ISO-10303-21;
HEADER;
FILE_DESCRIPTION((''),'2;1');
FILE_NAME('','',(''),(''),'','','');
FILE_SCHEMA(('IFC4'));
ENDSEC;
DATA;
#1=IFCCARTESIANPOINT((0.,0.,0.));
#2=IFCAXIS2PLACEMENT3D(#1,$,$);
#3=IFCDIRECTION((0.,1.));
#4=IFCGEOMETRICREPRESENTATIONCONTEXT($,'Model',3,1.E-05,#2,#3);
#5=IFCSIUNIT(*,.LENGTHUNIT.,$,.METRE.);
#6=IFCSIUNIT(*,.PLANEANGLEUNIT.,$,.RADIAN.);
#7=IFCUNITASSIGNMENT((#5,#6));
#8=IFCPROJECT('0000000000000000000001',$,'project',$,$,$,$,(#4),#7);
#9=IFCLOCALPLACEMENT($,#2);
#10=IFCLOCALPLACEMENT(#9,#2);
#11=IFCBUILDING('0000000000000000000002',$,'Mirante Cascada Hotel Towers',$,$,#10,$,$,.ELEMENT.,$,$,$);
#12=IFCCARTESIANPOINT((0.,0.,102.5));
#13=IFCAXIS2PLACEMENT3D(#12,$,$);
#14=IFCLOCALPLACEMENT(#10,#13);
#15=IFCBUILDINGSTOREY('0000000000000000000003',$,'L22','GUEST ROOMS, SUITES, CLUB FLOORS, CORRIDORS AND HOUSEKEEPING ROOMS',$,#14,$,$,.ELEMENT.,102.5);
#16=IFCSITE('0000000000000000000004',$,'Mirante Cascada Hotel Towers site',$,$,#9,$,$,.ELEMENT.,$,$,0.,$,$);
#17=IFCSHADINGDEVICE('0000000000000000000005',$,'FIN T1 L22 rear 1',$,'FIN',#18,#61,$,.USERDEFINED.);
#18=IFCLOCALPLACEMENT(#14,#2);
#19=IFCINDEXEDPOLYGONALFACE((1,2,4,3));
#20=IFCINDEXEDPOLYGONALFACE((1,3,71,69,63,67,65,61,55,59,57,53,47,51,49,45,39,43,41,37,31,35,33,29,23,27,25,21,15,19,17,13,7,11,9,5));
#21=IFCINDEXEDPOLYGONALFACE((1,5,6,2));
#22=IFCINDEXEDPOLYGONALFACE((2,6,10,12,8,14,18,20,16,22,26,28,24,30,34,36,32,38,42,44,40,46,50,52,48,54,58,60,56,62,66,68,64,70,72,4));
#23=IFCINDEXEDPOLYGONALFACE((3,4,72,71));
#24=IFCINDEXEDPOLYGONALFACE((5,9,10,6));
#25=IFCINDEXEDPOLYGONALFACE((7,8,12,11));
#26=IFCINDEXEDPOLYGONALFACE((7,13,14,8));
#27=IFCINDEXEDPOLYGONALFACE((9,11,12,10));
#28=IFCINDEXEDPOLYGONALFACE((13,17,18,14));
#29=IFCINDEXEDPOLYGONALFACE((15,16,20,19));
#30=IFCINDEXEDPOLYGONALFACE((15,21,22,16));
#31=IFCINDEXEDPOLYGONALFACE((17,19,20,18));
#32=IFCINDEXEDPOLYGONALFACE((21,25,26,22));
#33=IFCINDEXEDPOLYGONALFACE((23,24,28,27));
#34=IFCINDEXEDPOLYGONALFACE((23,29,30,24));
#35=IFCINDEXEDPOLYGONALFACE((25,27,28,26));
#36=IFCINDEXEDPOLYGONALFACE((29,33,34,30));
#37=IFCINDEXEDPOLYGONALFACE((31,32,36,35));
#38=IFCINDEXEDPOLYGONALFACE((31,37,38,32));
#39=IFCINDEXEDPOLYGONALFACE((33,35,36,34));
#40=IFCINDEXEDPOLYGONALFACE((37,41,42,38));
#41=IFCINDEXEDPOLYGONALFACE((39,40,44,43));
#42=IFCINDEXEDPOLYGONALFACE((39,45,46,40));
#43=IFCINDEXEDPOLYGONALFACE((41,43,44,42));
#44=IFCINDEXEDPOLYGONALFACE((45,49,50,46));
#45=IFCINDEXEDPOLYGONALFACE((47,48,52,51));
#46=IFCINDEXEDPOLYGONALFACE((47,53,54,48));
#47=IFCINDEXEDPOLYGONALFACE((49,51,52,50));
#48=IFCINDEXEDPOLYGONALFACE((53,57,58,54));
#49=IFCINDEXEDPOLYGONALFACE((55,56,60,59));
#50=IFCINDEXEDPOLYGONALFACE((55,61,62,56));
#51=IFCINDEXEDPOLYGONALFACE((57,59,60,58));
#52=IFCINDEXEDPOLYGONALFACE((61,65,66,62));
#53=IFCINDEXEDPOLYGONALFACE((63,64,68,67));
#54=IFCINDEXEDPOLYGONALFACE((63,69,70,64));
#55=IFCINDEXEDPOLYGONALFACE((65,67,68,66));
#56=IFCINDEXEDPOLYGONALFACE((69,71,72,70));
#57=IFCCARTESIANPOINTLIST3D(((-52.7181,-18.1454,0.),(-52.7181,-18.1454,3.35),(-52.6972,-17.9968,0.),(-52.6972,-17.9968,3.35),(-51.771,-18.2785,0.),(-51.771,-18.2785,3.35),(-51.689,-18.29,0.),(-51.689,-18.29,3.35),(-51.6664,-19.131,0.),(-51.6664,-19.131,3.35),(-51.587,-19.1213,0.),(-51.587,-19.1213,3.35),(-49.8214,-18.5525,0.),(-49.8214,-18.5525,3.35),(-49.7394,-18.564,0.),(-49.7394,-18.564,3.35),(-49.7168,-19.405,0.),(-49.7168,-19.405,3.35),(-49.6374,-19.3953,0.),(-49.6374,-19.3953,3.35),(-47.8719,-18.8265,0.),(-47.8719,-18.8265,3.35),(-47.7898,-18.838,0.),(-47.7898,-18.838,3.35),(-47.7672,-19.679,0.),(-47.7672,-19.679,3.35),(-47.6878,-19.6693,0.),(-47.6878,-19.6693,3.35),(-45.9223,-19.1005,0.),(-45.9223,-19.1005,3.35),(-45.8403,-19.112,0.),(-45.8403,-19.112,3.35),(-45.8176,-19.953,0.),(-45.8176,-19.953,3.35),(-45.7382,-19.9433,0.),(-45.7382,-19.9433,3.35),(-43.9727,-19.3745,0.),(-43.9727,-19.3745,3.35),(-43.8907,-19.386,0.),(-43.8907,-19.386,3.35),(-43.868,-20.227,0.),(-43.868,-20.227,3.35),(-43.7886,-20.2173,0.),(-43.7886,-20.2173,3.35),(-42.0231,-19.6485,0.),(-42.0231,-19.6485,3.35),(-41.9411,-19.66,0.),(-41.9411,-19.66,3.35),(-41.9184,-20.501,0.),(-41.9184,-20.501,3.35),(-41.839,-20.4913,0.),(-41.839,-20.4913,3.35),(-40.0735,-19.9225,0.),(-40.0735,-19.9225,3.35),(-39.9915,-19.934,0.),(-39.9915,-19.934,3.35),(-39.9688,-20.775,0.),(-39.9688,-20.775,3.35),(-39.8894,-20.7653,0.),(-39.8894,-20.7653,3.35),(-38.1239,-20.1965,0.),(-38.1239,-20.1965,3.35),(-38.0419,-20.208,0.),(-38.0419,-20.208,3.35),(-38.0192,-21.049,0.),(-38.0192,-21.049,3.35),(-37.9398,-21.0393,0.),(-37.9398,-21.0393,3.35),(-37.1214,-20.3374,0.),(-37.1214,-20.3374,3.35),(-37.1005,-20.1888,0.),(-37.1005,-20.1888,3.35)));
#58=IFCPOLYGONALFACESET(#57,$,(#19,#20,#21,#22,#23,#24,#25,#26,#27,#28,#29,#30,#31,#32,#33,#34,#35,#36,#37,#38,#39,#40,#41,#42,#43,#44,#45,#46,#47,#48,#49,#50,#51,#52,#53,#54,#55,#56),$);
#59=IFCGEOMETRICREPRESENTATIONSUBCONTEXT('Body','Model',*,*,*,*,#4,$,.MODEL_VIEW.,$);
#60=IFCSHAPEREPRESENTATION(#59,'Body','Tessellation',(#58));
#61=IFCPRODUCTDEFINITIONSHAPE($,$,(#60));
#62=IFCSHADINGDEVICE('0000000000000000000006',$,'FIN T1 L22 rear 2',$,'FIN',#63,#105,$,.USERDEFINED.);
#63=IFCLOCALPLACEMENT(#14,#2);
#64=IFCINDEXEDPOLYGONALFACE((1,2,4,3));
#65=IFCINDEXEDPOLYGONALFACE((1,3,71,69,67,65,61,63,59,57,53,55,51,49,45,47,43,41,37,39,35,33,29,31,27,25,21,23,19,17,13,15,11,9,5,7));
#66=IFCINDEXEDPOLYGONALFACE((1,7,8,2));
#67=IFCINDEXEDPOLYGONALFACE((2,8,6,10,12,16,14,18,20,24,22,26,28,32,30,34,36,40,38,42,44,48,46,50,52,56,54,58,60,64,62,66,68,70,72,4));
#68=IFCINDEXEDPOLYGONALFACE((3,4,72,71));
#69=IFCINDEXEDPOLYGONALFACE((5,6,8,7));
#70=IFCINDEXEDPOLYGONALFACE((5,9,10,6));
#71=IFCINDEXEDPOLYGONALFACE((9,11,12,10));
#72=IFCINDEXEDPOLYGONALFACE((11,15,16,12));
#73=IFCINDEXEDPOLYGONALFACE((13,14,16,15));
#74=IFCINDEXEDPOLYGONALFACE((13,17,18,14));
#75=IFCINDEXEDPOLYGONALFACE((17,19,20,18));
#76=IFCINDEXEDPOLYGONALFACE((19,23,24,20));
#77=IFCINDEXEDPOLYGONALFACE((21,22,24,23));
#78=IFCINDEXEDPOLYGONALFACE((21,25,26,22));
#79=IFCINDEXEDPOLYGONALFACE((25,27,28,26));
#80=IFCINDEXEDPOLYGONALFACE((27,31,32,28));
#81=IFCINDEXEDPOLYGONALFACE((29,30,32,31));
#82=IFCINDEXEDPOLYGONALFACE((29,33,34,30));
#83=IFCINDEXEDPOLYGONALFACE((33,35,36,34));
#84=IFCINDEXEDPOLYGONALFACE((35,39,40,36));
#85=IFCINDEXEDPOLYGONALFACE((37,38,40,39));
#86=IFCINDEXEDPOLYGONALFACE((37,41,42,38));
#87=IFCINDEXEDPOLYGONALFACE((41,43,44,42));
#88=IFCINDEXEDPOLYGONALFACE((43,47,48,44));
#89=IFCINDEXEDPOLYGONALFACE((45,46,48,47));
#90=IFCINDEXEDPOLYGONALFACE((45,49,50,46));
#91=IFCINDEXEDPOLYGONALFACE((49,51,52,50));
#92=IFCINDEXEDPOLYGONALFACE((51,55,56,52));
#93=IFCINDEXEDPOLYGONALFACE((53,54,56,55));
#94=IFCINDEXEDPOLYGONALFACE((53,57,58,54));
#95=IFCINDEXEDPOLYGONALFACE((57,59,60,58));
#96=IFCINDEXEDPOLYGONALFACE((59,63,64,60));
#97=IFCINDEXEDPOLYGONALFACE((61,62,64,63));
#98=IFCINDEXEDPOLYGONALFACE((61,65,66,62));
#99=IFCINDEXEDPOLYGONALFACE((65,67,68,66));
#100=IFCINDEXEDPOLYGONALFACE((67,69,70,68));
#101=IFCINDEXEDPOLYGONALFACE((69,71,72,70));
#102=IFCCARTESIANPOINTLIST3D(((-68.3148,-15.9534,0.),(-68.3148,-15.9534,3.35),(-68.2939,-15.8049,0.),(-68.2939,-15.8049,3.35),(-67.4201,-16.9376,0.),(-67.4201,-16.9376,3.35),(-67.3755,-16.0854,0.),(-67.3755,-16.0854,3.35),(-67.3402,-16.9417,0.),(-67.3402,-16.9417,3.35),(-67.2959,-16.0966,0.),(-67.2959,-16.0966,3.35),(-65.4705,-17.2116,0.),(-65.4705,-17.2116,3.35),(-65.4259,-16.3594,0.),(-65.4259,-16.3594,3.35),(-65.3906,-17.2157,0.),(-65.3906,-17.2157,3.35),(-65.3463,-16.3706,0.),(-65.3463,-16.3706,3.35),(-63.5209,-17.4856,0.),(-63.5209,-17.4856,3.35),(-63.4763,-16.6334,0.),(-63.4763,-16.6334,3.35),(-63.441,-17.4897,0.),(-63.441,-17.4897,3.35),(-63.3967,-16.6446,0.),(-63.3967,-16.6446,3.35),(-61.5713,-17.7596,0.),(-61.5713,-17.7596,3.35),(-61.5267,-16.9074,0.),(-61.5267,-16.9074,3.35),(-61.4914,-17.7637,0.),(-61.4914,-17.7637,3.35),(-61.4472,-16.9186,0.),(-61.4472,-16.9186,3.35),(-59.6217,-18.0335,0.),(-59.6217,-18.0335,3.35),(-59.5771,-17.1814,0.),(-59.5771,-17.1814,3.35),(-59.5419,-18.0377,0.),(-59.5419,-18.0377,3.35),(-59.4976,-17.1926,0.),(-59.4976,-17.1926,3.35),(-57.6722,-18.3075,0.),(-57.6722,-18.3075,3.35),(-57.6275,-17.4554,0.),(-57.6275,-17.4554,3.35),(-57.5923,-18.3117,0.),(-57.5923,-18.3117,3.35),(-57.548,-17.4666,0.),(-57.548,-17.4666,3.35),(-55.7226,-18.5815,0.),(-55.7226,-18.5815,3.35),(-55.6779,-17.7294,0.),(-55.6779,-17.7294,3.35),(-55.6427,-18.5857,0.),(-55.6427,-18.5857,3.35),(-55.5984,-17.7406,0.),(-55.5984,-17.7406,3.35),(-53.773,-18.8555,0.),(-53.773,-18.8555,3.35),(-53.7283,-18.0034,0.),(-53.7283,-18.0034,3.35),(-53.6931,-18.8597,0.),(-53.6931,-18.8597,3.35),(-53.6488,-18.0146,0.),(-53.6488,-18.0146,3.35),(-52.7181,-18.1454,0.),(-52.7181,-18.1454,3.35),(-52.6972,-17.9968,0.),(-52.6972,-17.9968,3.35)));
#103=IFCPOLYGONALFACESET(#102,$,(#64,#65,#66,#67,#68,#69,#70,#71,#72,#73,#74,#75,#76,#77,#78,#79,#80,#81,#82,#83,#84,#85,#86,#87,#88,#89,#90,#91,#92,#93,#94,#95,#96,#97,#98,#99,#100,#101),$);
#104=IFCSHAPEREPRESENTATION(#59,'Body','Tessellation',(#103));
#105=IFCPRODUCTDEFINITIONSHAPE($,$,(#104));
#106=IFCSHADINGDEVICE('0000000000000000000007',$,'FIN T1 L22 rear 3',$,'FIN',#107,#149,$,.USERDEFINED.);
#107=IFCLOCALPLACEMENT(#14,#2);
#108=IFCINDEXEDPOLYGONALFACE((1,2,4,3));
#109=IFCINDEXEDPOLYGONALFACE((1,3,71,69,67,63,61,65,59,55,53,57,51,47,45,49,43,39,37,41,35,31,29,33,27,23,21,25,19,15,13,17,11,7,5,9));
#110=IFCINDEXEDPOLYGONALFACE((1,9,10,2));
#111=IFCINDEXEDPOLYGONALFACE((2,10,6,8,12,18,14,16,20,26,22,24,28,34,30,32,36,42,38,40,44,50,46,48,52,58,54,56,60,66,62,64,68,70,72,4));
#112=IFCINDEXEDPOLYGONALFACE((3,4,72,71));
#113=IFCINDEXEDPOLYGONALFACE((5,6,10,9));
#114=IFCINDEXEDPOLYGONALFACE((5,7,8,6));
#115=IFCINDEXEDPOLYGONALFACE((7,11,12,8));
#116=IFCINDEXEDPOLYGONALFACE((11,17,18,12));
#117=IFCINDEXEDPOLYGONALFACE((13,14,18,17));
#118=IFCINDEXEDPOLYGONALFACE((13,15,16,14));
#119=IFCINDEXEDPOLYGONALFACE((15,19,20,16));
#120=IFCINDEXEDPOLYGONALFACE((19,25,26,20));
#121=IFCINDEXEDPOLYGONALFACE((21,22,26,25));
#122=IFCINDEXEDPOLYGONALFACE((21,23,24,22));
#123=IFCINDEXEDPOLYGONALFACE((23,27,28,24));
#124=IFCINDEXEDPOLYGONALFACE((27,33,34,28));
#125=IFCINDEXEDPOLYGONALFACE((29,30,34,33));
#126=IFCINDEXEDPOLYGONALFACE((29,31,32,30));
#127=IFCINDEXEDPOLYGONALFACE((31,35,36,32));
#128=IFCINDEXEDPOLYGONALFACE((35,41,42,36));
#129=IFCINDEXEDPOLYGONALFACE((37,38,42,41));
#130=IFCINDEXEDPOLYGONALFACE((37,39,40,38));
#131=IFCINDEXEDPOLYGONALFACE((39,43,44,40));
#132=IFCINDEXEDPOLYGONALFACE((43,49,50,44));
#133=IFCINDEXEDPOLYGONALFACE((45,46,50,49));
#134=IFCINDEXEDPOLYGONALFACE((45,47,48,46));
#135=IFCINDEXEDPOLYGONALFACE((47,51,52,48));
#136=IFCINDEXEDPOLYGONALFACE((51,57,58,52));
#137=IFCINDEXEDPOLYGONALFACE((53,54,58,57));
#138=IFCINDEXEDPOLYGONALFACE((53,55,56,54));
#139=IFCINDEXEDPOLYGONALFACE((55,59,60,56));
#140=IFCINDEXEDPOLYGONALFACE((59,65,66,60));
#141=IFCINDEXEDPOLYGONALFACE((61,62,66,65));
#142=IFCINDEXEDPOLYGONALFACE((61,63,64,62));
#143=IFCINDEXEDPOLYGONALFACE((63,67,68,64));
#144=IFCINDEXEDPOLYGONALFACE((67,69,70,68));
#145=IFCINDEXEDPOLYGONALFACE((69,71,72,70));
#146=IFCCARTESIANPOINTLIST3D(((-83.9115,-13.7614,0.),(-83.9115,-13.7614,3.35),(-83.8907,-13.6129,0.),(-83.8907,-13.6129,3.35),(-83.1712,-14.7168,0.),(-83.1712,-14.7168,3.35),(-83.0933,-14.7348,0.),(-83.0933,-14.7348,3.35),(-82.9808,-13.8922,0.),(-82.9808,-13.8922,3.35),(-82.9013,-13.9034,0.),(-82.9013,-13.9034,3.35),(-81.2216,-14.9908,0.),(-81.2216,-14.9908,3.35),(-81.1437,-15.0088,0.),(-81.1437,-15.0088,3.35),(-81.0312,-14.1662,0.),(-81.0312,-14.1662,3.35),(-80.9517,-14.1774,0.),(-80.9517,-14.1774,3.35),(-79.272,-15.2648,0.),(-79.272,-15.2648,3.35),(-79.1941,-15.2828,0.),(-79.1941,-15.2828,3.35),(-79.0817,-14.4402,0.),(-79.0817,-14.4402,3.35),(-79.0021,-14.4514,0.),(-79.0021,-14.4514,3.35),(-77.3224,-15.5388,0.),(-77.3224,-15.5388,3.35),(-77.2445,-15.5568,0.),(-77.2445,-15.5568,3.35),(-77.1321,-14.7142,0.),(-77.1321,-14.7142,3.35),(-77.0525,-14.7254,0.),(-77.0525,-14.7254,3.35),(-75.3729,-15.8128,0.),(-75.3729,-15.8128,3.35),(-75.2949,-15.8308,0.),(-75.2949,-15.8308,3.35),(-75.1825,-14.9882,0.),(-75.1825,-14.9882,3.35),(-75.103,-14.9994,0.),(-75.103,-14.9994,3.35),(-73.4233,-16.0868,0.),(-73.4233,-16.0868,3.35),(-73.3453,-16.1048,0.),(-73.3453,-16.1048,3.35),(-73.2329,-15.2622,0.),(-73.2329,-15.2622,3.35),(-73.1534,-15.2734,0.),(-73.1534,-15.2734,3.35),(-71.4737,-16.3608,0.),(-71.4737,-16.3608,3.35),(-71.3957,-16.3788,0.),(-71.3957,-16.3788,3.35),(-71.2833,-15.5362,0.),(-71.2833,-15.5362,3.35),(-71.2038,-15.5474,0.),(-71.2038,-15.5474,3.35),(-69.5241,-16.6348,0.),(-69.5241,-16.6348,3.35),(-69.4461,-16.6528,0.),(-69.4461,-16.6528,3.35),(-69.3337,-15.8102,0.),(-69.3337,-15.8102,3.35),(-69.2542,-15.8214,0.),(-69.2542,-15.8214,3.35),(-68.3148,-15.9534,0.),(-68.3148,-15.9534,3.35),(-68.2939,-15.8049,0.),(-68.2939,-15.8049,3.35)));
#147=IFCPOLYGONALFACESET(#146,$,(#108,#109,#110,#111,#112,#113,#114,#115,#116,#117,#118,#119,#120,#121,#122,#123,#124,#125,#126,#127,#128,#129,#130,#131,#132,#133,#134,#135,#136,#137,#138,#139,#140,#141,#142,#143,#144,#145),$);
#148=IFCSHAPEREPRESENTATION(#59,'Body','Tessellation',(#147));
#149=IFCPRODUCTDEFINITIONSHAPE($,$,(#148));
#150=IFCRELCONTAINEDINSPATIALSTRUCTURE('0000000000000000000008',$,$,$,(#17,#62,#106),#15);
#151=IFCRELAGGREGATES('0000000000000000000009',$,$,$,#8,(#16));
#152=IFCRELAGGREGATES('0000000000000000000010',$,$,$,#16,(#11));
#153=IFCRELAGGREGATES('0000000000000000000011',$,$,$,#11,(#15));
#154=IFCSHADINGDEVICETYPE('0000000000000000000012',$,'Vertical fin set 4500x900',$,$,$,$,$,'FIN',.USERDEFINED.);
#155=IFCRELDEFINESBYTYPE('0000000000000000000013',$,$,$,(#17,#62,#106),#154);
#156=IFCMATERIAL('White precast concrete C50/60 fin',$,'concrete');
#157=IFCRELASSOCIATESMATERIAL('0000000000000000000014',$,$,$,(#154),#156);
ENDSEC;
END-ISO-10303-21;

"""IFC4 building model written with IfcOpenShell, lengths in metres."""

from ifc_helpers import new_model, si_unit, direction, frame, origin, place, context, subcontext, project, spatial, polyline, outline, extrude, material, type_object, element, save


model = new_model("IFC4")

# Units and contexts
model_context = context("Model", 3, precision=1e-05, world=origin(), true_north=direction((0.0, 1.0)))
body_context = subcontext(model_context, "Body", "Model", "MODEL_VIEW")
ifc_project = project(units=[si_unit("LENGTHUNIT", "METRE"), si_unit("PLANEANGLEUNIT", "RADIAN")], contexts=[model_context])

# Site, building, storey
site_placement = place(None, origin())
site = spatial("IfcSite", under=ifc_project, at=site_placement, Name="Mirante Cascada Hotel Towers site", CompositionType="ELEMENT", RefElevation=0.0)
building_placement = place(site_placement, origin())
building = spatial("IfcBuilding", under=site, at=building_placement, Name="Mirante Cascada Hotel Towers", CompositionType="ELEMENT")
storey_placement = place(building_placement, frame((0.0, 0.0, 102.5)))
storey = spatial("IfcBuildingStorey", under=building, at=storey_placement, Name="L22", Description="GUEST ROOMS, SUITES, CLUB FLOORS, CORRIDORS AND HOUSEKEEPING ROOMS", CompositionType="ELEMENT", Elevation=102.5)

# Shading devices
ifc_material_1 = material(Name="White precast concrete C50/60 fin", Category="concrete")
shading_device_type = type_object("IfcShadingDeviceType", Name="Vertical fin set 4500x900", ElementType="FIN", PredefinedType="USERDEFINED", material=ifc_material_1)
shading_device_1_placement = place(storey_placement, origin())
element("IfcShadingDevice", 1, at=shading_device_1_placement, inside=storey, type_object=shading_device_type, Name="FIN T1 L22 rear 1", ObjectType="FIN", PredefinedType="USERDEFINED", context=body_context, shape_type="SweptSolid", body=[
    extrude(outline(polyline([(-38.1239, -20.1965), (-39.9915, -19.934), (-39.8894, -20.7653), (-39.9688, -20.775), (-40.0735, -19.9225), (-41.9411, -19.66), (-41.839, -20.4913), (-41.9184, -20.501), (-42.0231, -19.6485), (-43.8907, -19.386), (-43.7886, -20.2173), (-43.868, -20.227), (-43.9727, -19.3745), (-45.8403, -19.112), (-45.7382, -19.9433), (-45.8176, -19.953), (-45.9223, -19.1005), (-47.7898, -18.838), (-47.6878, -19.6693), (-47.7672, -19.679), (-47.8719, -18.8265), (-49.7394, -18.564), (-49.6374, -19.3953), (-49.7168, -19.405), (-49.8214, -18.5525), (-51.689, -18.29), (-51.587, -19.1213), (-51.6664, -19.131), (-51.771, -18.2785), (-52.7181, -18.1454), (-52.6972, -17.9968), (-37.1005, -20.1888), (-37.1214, -20.3374), (-38.0419, -20.208), (-37.9398, -21.0393), (-38.0192, -21.049), (-38.1239, -20.1965)])), origin(), (0.0, 0.0, 1.0), 3.35),
])
shading_device_2_placement = place(storey_placement, origin())
element("IfcShadingDevice", 2, at=shading_device_2_placement, inside=storey, type_object=shading_device_type, Name="FIN T1 L22 rear 2", ObjectType="FIN", PredefinedType="USERDEFINED", context=body_context, shape_type="SweptSolid", body=[
    extrude(outline(polyline([(-53.7283, -18.0034), (-55.5984, -17.7406), (-55.6427, -18.5857), (-55.7226, -18.5815), (-55.6779, -17.7294), (-57.548, -17.4666), (-57.5923, -18.3117), (-57.6722, -18.3075), (-57.6275, -17.4554), (-59.4976, -17.1926), (-59.5419, -18.0377), (-59.6217, -18.0335), (-59.5771, -17.1814), (-61.4472, -16.9186), (-61.4914, -17.7637), (-61.5713, -17.7596), (-61.5267, -16.9074), (-63.3967, -16.6446), (-63.441, -17.4897), (-63.5209, -17.4856), (-63.4763, -16.6334), (-65.3463, -16.3706), (-65.3906, -17.2157), (-65.4705, -17.2116), (-65.4259, -16.3594), (-67.2959, -16.0966), (-67.3402, -16.9417), (-67.4201, -16.9376), (-67.3755, -16.0854), (-68.3148, -15.9534), (-68.2939, -15.8049), (-52.6972, -17.9968), (-52.7181, -18.1454), (-53.6488, -18.0146), (-53.6931, -18.8597), (-53.773, -18.8555), (-53.7283, -18.0034)])), origin(), (0.0, 0.0, 1.0), 3.35),
])
shading_device_3_placement = place(storey_placement, origin())
element("IfcShadingDevice", 3, at=shading_device_3_placement, inside=storey, type_object=shading_device_type, Name="FIN T1 L22 rear 3", ObjectType="FIN", PredefinedType="USERDEFINED", context=body_context, shape_type="SweptSolid", body=[
    extrude(outline(polyline([(-69.3337, -15.8102), (-71.2038, -15.5474), (-71.3957, -16.3788), (-71.4737, -16.3608), (-71.2833, -15.5362), (-73.1534, -15.2734), (-73.3453, -16.1048), (-73.4233, -16.0868), (-73.2329, -15.2622), (-75.103, -14.9994), (-75.2949, -15.8308), (-75.3729, -15.8128), (-75.1825, -14.9882), (-77.0525, -14.7254), (-77.2445, -15.5568), (-77.3224, -15.5388), (-77.1321, -14.7142), (-79.0021, -14.4514), (-79.1941, -15.2828), (-79.272, -15.2648), (-79.0817, -14.4402), (-80.9517, -14.1774), (-81.1437, -15.0088), (-81.2216, -14.9908), (-81.0312, -14.1662), (-82.9013, -13.9034), (-83.0933, -14.7348), (-83.1712, -14.7168), (-82.9808, -13.8922), (-83.9115, -13.7614), (-83.8907, -13.6129), (-68.2939, -15.8049), (-68.3148, -15.9534), (-69.2542, -15.8214), (-69.4461, -16.6528), (-69.5241, -16.6348), (-69.3337, -15.8102)])), origin(), (0.0, 0.0, 1.0), 3.35),
])

save(model, "model.ifc")
